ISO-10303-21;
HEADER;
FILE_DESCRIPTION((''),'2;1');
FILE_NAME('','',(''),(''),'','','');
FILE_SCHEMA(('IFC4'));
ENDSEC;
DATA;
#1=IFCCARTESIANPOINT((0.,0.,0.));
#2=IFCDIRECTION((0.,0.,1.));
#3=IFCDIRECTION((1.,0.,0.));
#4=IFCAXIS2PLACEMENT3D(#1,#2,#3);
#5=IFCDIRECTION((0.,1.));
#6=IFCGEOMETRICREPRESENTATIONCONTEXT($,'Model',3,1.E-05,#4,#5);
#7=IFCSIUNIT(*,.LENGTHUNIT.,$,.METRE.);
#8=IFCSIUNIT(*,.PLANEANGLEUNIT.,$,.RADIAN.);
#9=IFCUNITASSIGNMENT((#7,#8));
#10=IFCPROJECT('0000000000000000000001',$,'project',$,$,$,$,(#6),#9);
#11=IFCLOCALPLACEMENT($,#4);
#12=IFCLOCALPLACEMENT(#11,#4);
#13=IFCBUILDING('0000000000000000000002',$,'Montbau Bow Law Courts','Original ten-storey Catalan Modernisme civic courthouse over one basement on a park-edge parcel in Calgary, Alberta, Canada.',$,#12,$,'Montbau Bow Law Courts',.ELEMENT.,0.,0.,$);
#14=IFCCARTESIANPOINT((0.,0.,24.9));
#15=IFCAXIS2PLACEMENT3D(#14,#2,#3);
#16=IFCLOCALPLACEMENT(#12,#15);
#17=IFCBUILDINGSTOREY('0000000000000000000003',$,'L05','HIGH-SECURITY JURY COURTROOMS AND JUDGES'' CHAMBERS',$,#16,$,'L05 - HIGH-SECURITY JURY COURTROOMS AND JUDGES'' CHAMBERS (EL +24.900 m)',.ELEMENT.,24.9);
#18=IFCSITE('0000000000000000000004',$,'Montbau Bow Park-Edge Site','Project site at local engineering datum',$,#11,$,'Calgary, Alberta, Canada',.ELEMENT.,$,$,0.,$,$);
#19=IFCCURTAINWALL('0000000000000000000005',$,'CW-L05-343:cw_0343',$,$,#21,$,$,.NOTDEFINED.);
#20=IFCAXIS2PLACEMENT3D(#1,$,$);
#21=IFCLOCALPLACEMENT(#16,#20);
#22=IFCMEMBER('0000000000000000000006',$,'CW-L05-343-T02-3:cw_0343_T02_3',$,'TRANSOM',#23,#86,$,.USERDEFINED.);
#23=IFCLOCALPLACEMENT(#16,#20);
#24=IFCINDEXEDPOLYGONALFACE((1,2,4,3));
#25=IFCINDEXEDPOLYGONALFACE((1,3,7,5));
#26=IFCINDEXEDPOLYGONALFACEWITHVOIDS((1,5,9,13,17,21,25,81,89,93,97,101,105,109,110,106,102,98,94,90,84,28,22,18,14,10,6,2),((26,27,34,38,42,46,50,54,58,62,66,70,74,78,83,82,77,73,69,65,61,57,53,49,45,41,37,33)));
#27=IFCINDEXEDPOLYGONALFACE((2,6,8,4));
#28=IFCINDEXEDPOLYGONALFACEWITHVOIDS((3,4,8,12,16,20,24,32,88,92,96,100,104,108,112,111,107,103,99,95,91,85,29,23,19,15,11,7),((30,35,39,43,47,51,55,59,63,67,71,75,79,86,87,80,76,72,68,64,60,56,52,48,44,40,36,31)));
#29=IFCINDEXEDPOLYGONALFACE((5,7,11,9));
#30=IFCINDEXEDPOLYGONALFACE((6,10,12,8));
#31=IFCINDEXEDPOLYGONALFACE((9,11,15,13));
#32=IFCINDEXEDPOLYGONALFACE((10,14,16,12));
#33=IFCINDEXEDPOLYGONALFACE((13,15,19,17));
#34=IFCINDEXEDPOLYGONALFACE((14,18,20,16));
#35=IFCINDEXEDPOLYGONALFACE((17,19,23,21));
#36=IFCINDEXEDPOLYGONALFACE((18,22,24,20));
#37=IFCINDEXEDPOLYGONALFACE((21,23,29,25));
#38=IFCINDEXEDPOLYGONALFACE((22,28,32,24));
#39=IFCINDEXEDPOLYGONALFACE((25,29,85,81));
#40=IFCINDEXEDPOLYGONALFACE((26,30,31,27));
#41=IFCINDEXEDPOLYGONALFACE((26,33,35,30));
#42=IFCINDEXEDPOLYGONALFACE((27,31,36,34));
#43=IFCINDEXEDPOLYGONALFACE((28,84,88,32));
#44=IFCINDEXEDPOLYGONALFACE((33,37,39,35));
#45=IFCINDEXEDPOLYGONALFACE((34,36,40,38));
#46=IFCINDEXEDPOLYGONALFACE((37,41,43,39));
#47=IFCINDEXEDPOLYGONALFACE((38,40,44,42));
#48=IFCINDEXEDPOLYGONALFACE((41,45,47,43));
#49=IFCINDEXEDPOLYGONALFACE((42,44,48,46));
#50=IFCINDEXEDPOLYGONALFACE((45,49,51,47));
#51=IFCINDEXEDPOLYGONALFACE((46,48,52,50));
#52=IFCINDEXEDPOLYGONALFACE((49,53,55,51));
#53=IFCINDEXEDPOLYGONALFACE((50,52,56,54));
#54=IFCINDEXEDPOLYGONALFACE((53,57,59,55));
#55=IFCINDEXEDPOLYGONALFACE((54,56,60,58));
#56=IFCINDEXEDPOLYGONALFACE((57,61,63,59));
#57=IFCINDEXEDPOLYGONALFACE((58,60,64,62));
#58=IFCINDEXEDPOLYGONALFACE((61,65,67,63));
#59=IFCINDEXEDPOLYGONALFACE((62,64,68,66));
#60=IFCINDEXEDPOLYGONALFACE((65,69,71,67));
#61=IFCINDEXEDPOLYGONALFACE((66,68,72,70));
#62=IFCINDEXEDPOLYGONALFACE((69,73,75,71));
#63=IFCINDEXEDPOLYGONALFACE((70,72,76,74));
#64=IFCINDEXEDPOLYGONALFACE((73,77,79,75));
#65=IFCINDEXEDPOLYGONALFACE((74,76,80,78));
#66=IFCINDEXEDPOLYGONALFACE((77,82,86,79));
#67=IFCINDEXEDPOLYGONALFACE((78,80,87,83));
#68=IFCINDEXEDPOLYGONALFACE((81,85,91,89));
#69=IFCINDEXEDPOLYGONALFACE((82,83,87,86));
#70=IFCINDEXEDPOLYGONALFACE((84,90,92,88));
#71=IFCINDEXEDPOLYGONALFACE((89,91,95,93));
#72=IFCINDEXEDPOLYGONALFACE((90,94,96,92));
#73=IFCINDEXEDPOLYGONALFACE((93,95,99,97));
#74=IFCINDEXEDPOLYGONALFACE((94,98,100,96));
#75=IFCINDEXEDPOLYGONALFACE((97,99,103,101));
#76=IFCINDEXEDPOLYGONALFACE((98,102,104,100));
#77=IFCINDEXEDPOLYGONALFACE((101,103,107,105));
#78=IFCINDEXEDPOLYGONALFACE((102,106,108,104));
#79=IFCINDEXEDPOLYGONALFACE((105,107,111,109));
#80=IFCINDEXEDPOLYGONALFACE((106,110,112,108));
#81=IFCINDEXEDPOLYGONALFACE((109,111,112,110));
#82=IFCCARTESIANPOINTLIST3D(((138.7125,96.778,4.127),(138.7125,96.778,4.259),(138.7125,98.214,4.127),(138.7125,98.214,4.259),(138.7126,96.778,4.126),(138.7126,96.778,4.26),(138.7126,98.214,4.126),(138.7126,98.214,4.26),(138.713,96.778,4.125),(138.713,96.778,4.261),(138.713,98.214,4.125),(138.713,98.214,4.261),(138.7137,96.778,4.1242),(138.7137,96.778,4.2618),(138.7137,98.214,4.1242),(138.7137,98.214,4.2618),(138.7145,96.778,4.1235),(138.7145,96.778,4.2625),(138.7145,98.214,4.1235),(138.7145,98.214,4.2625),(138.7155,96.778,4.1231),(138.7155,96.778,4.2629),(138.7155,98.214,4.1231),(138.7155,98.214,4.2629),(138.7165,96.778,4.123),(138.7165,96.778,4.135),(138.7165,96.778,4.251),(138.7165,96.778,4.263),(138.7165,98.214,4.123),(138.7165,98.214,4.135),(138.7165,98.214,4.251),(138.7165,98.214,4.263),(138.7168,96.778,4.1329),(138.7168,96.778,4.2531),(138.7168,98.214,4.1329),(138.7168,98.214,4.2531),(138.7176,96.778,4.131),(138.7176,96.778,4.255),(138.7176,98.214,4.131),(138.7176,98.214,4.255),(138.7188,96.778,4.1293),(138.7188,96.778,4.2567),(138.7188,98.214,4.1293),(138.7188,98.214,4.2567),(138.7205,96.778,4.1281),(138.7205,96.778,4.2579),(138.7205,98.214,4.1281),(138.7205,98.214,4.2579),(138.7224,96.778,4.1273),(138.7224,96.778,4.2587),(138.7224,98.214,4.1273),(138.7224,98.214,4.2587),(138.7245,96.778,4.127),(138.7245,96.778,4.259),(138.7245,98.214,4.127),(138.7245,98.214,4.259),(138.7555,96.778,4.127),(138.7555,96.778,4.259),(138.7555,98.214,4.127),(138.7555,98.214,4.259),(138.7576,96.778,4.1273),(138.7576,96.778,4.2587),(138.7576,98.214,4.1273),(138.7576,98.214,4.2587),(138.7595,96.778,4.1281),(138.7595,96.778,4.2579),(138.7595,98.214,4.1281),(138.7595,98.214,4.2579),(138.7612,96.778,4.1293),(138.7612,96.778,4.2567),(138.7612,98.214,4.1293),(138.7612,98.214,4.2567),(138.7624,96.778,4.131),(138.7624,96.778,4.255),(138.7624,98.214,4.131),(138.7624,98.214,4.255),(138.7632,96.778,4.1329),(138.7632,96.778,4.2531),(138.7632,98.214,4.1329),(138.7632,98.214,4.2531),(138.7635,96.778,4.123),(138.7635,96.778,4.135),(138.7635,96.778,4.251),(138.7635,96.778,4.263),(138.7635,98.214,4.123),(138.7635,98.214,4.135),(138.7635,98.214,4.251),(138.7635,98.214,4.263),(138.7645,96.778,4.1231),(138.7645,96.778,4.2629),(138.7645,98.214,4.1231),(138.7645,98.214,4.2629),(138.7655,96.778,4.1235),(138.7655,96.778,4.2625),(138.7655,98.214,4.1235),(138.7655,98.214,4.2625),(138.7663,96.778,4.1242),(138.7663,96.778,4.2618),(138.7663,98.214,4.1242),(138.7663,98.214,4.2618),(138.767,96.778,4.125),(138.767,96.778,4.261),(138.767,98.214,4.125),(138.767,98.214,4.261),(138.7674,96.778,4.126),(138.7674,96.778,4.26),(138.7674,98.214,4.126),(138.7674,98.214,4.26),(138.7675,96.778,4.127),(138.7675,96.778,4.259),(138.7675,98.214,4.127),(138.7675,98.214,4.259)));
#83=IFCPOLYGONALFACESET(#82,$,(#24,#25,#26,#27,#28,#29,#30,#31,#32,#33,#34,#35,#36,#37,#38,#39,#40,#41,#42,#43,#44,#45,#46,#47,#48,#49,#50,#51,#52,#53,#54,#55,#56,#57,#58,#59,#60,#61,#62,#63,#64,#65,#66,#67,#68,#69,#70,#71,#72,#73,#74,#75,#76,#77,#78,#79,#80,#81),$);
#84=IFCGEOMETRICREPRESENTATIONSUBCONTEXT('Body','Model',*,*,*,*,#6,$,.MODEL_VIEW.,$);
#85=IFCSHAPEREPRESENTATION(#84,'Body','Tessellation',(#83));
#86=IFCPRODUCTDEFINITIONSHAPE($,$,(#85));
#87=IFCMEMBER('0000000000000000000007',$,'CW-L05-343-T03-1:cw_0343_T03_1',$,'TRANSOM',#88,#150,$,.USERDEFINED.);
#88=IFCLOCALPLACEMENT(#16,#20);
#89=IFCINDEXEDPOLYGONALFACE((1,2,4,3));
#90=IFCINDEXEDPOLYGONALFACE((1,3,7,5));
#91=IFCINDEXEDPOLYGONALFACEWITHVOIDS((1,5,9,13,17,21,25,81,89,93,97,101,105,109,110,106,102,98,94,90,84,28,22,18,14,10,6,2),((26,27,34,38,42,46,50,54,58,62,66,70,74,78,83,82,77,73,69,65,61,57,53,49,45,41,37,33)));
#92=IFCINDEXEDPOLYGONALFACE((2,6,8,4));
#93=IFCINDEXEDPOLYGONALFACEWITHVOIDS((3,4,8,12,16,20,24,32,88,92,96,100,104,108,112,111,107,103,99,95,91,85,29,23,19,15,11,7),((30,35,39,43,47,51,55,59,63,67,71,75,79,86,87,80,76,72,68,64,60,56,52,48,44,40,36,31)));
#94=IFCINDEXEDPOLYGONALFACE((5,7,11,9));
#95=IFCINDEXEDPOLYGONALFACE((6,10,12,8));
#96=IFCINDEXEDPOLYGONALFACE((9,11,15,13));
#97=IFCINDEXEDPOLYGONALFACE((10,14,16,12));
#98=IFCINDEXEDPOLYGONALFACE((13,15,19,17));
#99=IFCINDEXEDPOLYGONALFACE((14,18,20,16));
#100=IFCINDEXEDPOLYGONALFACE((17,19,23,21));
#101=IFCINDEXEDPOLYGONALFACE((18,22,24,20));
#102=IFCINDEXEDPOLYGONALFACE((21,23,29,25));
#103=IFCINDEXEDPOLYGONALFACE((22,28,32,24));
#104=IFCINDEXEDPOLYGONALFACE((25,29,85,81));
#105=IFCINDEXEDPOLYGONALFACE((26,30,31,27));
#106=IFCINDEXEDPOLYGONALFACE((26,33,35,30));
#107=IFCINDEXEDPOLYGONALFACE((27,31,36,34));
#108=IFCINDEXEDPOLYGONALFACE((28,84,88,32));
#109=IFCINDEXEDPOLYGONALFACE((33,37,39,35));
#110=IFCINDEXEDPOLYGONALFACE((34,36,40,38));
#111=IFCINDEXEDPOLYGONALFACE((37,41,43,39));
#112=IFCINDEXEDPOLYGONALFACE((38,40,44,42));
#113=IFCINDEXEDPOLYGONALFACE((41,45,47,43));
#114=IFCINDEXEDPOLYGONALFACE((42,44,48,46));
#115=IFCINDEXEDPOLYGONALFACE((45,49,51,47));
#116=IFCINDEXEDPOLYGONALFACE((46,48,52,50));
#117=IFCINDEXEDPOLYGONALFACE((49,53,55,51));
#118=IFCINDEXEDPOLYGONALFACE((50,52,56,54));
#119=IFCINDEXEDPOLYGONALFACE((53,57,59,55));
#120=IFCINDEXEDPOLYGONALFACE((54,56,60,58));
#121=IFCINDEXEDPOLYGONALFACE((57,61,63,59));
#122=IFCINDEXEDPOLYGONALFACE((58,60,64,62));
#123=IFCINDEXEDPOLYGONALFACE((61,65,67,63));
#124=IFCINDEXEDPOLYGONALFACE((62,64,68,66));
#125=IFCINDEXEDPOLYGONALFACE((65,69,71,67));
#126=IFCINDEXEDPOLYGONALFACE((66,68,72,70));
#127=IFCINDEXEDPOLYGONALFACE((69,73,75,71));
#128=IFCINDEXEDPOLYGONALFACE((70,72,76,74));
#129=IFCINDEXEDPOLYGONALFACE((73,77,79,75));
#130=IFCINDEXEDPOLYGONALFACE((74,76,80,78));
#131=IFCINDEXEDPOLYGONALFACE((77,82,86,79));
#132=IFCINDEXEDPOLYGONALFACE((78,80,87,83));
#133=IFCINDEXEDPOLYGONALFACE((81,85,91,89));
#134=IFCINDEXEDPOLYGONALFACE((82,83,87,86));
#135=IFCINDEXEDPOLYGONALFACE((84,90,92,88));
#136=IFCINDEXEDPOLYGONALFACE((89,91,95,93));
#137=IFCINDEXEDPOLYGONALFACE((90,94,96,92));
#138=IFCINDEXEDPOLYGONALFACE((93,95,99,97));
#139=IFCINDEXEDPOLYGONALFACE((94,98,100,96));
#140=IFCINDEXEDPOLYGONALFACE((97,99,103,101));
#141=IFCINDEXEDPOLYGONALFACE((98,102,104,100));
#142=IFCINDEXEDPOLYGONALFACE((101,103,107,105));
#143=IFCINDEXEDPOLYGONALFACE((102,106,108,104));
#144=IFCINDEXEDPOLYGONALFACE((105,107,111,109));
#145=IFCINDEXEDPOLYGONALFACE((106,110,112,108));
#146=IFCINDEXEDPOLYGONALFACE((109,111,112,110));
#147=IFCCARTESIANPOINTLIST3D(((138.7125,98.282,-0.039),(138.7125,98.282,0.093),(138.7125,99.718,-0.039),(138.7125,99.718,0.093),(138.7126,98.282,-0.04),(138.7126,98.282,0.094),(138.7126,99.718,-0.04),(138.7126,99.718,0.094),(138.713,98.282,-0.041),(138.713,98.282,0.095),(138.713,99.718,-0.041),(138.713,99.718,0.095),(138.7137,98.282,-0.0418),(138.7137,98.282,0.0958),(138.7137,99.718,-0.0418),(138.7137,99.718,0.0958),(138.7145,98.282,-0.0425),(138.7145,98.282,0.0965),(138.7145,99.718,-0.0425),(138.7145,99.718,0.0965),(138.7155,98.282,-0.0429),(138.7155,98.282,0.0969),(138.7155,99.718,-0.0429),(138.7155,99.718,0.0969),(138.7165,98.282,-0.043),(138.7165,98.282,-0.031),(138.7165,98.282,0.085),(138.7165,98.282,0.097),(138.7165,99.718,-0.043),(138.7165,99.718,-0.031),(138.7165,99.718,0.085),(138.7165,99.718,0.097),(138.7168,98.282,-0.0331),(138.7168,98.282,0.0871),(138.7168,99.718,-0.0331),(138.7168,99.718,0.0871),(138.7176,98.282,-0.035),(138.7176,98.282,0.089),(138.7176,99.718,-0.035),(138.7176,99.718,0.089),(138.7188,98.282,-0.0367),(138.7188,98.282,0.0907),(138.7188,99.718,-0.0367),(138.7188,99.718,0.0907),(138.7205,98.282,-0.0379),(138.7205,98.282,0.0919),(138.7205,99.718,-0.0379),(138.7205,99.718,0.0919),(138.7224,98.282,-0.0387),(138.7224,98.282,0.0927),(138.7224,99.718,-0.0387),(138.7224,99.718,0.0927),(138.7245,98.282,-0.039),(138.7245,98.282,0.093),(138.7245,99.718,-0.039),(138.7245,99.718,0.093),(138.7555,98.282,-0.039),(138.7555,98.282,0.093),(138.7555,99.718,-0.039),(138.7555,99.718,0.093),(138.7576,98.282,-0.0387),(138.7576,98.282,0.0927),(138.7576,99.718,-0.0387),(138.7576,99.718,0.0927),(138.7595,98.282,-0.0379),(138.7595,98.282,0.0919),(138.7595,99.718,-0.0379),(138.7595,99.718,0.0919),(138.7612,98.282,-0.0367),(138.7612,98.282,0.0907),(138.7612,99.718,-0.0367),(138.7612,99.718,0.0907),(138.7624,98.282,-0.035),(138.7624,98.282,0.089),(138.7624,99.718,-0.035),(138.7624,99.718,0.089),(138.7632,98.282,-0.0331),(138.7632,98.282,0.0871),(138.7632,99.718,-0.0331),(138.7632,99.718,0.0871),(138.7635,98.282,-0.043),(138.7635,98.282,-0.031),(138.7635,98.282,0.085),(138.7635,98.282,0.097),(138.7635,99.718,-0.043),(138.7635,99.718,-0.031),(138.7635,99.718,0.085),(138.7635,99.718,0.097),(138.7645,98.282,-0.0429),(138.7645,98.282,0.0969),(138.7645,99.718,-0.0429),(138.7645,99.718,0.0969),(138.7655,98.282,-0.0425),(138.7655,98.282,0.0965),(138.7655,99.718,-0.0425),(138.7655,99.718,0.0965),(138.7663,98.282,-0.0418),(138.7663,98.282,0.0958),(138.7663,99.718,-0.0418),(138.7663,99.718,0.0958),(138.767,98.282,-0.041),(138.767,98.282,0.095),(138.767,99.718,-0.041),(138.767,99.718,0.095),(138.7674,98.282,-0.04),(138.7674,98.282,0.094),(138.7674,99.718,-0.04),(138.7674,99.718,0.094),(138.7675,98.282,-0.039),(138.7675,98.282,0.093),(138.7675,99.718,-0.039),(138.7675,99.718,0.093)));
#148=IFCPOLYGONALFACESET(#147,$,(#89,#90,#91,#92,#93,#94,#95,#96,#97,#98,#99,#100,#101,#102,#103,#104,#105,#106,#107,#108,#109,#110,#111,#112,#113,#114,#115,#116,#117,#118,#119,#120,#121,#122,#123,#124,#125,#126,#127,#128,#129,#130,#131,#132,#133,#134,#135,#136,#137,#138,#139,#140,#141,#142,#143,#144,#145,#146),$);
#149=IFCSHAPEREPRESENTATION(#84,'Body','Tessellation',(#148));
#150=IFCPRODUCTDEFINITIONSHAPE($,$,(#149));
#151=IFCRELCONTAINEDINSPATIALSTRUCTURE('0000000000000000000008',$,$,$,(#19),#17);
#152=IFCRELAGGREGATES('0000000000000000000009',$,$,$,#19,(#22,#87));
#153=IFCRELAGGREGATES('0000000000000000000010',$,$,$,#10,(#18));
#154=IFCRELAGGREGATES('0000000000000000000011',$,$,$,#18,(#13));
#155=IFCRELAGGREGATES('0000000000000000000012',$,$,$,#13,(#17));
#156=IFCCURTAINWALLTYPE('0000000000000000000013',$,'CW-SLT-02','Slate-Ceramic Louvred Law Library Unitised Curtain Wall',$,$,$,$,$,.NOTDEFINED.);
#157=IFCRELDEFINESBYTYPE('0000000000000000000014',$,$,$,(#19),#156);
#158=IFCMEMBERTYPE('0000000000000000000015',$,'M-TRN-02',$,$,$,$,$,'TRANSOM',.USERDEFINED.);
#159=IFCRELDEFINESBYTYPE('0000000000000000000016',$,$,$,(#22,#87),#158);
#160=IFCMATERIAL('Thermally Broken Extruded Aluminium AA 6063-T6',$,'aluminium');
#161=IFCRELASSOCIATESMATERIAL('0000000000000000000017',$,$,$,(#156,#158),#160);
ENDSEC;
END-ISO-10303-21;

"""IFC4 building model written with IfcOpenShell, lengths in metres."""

from ifc_helpers import new_model, si_unit, direction, frame, origin_with_axes, origin_2d_with_axis, place, context, subcontext, project, spatial, hollow_rectangle, extrude, material, material_profile, profile_set, type_object, element, aggregate, save


model = new_model("IFC4")

# Units and contexts
model_context = context("Model", 3, precision=1e-05, world=origin_with_axes(), true_north=direction((0.0, 1.0)))
body_context = subcontext(model_context, "Body", "Model", "MODEL_VIEW")
ifc_project = project(units=[si_unit("LENGTHUNIT", "METRE"), si_unit("PLANEANGLEUNIT", "RADIAN")], contexts=[model_context])

# Site, building, storey
site_placement = place(None, origin_with_axes())
site = spatial("IfcSite", under=ifc_project, at=site_placement, Name="Montbau Bow Park-Edge Site", Description="Project site at local engineering datum", LongName="Calgary, Alberta, Canada", CompositionType="ELEMENT", RefElevation=0.0)
building_placement = place(site_placement, origin_with_axes())
building = spatial("IfcBuilding", under=site, at=building_placement, Name="Montbau Bow Law Courts", Description="Original ten-storey Catalan Modernisme civic courthouse over one basement on a park-edge parcel in Calgary, Alberta, Canada.", LongName="Montbau Bow Law Courts", CompositionType="ELEMENT", ElevationOfRefHeight=0.0, ElevationOfTerrain=0.0)
storey_placement = place(building_placement, frame((0.0, 0.0, 24.9), z_axis=(0.0, 0.0, 1.0), x_axis=(1.0, 0.0, 0.0)))
storey = spatial("IfcBuildingStorey", under=building, at=storey_placement, Name="L05", Description="HIGH-SECURITY JURY COURTROOMS AND JUDGES' CHAMBERS", LongName="L05 - HIGH-SECURITY JURY COURTROOMS AND JUDGES' CHAMBERS (EL +24.900 m)", CompositionType="ELEMENT", Elevation=24.9)

# Curtain wall, members
ifc_material_1 = material(Name="Thermally Broken Extruded Aluminium AA 6063-T6", Category="aluminium")
curtain_wall_type = type_object("IfcCurtainWallType", Name="CW-SLT-02", Description="Slate-Ceramic Louvred Law Library Unitised Curtain Wall", PredefinedType="NOTDEFINED", material=ifc_material_1)
curtain_wall_placement = place(None, frame((138.74, 95.24, 24.9), z_axis=(0.0, 0.0, 1.0), x_axis=(1.0, 0.0, 0.0)))
curtain_wall = element("IfcCurtainWall", 1, at=curtain_wall_placement, inside=storey, type_object=curtain_wall_type, Name="CW-L05-343:cw_0343", PredefinedType="NOTDEFINED")
ifc_material_profile_1 = material_profile(ifc_material_1, hollow_rectangle(XDim=0.055, YDim=0.14, WallThickness=0.004, InnerFilletRadius=0.008, OuterFilletRadius=0.004, at=origin_2d_with_axis()), Name="CWT-140X55", Category="Main", Priority=0)
ifc_profile_set_1 = profile_set([ifc_material_profile_1], Name="Thermally Broken Extruded Aluminium AA 6063-T6")
member_type_1 = type_object("IfcMemberType", Name="M-TRN-02", ElementType="TRANSOM", PredefinedType="USERDEFINED", material=ifc_profile_set_1)
member_1_placement = place(None, frame((138.74, 96.778, 29.093), z_axis=(0.0, 1.0, 0.0), x_axis=(-1.0, 0.0, 0.0)))
member_1 = element("IfcMember", 2, at=member_1_placement, type_object=member_type_1, Name="CW-L05-343-T02-3:cw_0343_T02_3", ObjectType="TRANSOM", PredefinedType="USERDEFINED", context=body_context, shape_type="SweptSolid", body=[
    extrude(hollow_rectangle(XDim=0.055, YDim=0.14, WallThickness=0.004, InnerFilletRadius=0.008, OuterFilletRadius=0.004, at=origin_2d_with_axis()), origin_with_axes(), (0.0, 0.0, 1.0), 1.436),
])
member_2_placement = place(None, frame((138.74, 98.282, 24.927), z_axis=(0.0, 1.0, 0.0), x_axis=(-1.0, 0.0, 0.0)))
member_2 = element("IfcMember", 3, at=member_2_placement, type_object=member_type_1, Name="CW-L05-343-T03-1:cw_0343_T03_1", ObjectType="TRANSOM", PredefinedType="USERDEFINED", context=body_context, shape_type="SweptSolid", body=[
    extrude(hollow_rectangle(XDim=0.055, YDim=0.14, WallThickness=0.004, InnerFilletRadius=0.008, OuterFilletRadius=0.004, at=origin_2d_with_axis()), origin_with_axes(), (0.0, 0.0, 1.0), 1.436),
])
aggregate(curtain_wall, [member_1, member_2])

save(model, "model.ifc")
